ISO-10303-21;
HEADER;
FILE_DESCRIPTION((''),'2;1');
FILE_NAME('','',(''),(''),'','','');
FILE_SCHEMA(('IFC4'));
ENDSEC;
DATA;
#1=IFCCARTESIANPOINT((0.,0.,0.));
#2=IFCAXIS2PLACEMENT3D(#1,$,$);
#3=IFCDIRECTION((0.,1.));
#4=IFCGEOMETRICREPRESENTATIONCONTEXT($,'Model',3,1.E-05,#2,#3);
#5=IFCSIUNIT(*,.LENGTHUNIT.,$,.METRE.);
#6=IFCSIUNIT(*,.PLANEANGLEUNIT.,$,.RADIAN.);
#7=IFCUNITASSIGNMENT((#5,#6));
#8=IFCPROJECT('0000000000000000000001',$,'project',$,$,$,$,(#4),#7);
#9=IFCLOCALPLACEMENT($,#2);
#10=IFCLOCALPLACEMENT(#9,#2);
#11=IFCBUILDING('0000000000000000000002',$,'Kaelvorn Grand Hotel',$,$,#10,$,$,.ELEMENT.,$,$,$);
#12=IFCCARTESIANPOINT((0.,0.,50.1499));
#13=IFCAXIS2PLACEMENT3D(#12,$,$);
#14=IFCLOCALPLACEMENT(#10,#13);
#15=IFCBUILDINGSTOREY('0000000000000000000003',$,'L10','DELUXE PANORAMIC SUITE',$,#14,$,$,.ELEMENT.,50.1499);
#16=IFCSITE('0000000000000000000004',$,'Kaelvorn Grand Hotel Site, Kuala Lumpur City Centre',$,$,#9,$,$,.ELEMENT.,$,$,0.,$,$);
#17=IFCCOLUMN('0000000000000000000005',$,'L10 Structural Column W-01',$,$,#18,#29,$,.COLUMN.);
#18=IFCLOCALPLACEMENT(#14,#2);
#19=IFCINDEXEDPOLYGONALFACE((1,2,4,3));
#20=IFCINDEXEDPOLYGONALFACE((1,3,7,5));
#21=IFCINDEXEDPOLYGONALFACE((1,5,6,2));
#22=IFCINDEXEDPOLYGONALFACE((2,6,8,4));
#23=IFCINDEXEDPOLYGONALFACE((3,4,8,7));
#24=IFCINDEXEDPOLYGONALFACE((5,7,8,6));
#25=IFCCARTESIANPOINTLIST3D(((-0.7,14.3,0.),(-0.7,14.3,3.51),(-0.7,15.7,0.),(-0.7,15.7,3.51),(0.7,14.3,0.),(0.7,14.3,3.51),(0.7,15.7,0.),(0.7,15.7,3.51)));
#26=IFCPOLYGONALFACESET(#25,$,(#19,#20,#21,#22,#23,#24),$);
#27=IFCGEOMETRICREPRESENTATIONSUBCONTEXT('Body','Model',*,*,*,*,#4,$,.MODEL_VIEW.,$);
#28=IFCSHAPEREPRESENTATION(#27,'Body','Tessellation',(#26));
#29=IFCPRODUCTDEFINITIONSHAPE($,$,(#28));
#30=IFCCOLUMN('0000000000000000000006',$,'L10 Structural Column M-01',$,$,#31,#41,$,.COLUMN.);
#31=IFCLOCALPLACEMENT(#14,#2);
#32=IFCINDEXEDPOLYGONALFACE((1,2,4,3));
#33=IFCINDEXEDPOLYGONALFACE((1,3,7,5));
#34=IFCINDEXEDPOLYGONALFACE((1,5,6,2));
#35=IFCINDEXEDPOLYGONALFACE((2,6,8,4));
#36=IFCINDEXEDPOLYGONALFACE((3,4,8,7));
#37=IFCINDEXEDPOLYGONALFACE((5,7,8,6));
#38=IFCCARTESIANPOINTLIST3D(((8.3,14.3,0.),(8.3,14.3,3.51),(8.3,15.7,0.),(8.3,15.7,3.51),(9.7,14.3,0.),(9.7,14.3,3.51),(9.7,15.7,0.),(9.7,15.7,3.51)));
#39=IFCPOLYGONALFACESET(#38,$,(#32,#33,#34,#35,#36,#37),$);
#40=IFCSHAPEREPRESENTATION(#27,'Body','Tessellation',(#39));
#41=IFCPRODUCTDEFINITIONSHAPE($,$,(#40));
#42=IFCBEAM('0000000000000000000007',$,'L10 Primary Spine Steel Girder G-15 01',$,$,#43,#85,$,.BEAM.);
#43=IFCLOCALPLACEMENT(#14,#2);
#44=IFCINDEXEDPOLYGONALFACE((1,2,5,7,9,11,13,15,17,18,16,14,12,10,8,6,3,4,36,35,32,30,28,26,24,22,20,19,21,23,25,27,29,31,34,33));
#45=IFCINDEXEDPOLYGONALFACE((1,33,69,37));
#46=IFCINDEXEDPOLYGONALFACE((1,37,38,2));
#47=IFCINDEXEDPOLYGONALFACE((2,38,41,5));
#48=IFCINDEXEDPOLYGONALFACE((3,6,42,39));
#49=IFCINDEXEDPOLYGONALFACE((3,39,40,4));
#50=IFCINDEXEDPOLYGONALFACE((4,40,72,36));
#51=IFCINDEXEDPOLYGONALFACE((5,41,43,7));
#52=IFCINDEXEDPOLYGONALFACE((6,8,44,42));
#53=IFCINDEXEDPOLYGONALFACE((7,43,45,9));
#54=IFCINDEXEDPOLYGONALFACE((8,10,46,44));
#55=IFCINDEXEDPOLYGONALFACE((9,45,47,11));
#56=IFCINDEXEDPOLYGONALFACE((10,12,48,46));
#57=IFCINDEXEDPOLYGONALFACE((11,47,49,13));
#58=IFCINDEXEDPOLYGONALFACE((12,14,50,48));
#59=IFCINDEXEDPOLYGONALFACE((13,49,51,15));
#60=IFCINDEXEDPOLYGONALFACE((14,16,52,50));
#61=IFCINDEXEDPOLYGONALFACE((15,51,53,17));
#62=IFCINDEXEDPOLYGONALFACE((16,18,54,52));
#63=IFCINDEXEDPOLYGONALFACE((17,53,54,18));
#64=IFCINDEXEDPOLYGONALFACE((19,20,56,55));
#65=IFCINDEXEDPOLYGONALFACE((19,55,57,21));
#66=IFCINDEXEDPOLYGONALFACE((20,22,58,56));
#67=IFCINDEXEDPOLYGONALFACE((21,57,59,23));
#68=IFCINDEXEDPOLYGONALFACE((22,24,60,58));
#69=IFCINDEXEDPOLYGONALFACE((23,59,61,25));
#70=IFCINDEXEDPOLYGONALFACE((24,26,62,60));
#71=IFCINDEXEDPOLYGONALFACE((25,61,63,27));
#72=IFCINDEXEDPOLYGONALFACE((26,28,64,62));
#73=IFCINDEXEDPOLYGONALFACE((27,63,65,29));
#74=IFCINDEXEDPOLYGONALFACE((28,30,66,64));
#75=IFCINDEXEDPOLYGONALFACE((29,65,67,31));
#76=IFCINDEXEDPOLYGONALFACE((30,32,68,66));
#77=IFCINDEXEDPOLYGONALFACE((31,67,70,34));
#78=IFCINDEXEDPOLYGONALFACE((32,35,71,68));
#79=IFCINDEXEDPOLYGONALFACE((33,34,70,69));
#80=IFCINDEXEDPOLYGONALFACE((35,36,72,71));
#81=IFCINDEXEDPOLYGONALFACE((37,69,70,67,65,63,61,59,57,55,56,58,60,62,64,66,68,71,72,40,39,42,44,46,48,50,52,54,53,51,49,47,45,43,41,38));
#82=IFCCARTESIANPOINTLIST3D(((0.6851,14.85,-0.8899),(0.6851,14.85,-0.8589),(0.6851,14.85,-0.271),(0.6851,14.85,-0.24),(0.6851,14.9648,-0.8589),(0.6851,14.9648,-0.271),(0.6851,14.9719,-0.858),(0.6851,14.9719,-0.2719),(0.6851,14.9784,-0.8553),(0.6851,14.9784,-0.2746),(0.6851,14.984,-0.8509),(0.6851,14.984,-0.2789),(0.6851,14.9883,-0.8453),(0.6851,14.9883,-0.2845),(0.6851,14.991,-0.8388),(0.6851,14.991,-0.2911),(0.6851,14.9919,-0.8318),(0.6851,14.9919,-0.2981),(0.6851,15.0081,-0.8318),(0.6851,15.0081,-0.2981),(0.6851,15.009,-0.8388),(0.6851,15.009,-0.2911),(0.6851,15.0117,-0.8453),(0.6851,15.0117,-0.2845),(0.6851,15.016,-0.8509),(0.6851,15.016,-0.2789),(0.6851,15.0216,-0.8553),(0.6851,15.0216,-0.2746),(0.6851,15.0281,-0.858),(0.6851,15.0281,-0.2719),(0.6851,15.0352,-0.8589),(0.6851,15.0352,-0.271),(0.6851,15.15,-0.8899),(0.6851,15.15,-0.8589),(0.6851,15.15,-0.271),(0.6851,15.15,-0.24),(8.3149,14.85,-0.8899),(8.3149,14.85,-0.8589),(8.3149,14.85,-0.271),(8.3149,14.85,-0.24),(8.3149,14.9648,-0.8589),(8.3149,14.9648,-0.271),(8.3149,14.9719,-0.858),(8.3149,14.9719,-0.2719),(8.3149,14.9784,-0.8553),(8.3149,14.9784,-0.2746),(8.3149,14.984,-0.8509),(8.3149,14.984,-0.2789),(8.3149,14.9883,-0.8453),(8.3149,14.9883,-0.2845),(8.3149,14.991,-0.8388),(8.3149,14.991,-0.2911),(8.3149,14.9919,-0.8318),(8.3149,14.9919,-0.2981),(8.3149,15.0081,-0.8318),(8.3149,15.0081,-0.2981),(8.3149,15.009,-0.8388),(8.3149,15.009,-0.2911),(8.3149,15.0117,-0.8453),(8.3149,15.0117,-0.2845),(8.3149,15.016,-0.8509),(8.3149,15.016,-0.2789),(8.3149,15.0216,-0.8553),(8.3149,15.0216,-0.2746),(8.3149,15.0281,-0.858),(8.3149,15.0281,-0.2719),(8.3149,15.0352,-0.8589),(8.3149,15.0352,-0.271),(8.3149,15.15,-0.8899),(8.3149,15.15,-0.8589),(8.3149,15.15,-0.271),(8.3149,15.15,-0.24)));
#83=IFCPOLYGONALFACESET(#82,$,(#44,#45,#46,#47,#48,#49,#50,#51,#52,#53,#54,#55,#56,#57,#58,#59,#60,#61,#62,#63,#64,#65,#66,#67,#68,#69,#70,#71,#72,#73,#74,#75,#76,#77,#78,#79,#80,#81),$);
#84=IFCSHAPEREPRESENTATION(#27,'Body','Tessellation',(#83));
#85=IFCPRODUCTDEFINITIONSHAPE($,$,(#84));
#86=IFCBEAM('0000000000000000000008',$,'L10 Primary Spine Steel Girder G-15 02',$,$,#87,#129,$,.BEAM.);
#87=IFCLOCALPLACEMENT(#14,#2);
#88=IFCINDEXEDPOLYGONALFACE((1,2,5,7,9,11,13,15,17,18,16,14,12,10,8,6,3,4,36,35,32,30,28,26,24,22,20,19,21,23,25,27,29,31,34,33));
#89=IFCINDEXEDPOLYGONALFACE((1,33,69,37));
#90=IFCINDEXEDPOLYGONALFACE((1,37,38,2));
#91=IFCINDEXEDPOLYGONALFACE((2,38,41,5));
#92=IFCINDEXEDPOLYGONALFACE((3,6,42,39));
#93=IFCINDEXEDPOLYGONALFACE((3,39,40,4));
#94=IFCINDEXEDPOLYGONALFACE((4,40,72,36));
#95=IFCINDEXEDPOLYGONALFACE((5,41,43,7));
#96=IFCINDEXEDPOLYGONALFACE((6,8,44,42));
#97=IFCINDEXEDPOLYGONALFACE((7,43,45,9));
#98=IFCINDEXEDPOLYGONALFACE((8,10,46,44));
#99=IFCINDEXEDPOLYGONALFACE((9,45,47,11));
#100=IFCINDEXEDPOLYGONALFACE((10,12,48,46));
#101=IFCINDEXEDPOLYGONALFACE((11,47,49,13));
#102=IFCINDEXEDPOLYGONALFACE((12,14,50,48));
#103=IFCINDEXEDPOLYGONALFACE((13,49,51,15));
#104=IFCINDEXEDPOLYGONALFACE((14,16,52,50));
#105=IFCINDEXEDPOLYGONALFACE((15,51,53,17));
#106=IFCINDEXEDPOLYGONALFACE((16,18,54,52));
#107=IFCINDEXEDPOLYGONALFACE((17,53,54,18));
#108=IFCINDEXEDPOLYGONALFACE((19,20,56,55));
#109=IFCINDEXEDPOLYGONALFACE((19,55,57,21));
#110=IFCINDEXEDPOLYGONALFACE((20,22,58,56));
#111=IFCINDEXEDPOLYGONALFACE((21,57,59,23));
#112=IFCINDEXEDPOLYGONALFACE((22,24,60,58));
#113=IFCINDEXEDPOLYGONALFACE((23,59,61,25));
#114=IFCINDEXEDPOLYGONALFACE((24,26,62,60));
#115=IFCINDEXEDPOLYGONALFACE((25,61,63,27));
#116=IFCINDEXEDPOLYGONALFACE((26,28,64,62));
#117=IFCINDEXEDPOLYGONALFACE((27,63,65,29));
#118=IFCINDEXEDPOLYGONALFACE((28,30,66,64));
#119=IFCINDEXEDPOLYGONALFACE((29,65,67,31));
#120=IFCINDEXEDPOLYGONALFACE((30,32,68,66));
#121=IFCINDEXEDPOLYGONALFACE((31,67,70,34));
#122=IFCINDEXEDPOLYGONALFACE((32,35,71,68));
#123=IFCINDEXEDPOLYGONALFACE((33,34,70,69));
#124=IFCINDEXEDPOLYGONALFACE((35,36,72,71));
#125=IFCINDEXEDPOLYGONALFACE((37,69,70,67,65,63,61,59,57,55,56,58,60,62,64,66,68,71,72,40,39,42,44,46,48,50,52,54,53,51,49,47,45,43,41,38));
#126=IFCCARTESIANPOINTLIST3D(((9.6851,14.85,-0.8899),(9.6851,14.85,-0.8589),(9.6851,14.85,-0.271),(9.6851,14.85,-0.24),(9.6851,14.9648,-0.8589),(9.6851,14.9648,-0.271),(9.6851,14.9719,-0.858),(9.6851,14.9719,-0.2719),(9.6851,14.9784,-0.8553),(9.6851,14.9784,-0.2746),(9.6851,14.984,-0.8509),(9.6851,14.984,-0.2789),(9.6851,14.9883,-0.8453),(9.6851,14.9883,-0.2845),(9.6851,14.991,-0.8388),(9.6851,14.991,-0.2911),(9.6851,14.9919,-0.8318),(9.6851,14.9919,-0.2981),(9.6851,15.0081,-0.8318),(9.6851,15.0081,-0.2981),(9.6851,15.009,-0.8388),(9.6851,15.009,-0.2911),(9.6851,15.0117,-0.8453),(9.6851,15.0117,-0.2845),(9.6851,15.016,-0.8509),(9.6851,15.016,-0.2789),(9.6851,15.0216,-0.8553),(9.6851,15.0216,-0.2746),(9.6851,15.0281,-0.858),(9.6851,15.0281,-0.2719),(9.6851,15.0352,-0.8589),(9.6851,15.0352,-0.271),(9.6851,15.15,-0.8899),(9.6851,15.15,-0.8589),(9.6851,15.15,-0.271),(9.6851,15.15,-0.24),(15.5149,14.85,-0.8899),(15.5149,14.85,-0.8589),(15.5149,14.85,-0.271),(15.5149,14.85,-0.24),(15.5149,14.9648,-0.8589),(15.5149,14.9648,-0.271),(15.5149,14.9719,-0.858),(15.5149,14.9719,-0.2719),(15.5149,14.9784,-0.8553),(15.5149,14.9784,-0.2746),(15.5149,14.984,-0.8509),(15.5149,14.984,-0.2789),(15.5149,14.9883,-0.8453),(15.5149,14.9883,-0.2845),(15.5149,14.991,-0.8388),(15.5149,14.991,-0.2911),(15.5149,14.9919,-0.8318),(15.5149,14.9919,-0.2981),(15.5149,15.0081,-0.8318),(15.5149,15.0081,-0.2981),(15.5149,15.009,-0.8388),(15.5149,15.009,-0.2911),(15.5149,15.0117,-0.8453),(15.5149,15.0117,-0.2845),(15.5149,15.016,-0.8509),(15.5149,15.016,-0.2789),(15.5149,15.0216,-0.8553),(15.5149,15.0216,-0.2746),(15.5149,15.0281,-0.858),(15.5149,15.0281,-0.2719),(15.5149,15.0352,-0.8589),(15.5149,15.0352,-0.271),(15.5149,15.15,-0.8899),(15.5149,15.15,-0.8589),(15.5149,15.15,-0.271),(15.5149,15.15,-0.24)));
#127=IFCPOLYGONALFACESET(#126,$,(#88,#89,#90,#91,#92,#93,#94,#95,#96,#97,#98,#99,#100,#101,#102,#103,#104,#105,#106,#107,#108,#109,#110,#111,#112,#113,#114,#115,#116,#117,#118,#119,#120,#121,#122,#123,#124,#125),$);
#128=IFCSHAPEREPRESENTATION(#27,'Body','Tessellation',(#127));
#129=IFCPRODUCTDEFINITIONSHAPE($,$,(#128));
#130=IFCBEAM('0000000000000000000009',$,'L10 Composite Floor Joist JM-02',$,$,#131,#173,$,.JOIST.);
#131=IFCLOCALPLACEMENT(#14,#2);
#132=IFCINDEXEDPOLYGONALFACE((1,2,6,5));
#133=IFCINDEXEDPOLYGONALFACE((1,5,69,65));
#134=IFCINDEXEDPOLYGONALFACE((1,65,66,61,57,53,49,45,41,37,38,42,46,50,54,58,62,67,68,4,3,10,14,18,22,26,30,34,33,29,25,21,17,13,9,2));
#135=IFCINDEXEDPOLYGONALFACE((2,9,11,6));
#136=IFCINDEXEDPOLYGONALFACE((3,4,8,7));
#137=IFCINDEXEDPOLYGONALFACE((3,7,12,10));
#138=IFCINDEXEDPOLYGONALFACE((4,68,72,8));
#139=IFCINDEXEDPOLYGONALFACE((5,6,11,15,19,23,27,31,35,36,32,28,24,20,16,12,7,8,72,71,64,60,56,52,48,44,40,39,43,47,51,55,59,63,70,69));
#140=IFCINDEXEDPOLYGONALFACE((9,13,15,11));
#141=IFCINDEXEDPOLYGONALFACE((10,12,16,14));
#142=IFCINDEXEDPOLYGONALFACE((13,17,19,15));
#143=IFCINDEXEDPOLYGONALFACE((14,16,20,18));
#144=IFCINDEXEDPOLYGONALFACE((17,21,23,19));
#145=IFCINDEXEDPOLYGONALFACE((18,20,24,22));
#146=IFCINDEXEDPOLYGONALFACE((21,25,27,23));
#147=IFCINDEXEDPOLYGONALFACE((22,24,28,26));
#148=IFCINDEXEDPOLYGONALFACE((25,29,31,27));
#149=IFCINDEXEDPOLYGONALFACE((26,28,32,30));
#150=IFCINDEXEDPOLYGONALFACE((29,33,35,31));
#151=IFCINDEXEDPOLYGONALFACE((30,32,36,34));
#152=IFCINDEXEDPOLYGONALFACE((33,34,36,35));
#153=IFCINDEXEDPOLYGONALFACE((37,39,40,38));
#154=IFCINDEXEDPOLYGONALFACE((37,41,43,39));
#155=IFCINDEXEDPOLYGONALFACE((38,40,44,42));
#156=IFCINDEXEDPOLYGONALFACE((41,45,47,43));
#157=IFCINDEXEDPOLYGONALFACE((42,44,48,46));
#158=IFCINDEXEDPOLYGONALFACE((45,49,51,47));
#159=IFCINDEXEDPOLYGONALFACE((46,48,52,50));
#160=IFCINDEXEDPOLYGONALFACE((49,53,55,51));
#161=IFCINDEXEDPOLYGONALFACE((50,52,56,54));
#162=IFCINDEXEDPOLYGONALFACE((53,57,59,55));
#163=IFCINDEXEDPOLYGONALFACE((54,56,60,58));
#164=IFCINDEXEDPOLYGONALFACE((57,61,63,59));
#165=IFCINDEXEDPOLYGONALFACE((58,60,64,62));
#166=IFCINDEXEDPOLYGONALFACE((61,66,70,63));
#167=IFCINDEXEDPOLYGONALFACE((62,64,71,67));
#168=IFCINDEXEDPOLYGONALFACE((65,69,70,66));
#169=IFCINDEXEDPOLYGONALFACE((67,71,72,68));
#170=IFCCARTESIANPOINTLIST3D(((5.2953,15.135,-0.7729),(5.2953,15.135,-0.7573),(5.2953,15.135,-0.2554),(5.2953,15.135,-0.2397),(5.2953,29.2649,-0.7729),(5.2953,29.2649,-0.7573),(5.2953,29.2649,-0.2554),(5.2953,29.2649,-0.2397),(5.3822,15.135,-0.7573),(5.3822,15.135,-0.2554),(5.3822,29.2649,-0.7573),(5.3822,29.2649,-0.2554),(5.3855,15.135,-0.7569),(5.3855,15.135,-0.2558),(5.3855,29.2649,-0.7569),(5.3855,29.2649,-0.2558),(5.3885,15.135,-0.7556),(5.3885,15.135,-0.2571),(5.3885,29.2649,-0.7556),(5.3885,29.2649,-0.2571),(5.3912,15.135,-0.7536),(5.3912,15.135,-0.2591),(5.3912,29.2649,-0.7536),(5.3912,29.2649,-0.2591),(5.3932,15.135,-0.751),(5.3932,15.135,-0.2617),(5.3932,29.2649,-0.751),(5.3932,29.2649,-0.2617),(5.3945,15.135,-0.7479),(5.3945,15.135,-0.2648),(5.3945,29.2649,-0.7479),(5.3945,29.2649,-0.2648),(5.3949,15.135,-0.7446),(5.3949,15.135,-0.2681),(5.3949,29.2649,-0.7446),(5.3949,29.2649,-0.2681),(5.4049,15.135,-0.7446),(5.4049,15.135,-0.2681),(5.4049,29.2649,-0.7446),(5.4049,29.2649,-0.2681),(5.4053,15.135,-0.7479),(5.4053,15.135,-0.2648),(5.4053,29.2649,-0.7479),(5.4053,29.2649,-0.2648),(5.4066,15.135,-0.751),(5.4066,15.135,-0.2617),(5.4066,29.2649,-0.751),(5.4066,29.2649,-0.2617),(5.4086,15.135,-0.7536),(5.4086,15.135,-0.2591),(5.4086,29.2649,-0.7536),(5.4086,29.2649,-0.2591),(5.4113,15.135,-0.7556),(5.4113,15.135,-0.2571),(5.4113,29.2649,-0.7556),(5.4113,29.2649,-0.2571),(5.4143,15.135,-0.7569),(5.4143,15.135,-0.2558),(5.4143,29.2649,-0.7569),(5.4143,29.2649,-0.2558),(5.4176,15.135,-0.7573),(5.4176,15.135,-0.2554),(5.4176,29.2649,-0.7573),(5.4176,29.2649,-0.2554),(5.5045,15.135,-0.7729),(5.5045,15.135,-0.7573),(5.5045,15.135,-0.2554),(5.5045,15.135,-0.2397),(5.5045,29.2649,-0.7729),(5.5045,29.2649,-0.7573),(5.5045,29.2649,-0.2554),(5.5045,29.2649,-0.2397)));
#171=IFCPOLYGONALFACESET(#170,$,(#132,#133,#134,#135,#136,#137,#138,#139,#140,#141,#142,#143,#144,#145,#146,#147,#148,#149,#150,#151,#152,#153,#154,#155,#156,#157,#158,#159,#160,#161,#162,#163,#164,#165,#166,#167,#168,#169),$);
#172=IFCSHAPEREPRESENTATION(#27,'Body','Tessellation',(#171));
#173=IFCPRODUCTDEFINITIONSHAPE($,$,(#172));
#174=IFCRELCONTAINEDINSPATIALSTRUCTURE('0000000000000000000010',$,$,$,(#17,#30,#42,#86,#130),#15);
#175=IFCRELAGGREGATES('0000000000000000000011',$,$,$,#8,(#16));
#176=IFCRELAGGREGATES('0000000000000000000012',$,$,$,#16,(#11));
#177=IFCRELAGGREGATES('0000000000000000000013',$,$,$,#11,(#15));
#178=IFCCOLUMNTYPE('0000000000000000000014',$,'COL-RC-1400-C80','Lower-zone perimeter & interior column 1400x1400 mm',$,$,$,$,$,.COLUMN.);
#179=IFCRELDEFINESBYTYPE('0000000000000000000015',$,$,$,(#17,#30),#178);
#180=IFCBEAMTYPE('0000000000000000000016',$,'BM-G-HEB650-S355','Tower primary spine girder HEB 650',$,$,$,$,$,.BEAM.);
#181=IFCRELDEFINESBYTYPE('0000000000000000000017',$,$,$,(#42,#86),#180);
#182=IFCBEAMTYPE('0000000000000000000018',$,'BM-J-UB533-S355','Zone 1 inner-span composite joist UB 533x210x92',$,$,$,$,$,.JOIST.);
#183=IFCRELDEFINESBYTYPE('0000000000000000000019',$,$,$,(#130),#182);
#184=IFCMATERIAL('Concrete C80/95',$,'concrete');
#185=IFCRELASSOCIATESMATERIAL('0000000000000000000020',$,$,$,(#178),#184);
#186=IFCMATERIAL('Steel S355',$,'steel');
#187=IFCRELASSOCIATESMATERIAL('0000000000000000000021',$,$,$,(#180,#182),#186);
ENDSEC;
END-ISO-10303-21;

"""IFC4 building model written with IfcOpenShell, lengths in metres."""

from ifc_helpers import new_model, si_unit, direction, frame, origin, origin_2d, place, context, subcontext, project, spatial, rectangle, i_section, extrude, material, material_profile, profile_set, type_object, element, save


model = new_model("IFC4")

# Units and contexts
model_context = context("Model", 3, precision=1e-05, world=origin(), true_north=direction((0.0, 1.0)))
body_context = subcontext(model_context, "Body", "Model", "MODEL_VIEW")
ifc_project = project(units=[si_unit("LENGTHUNIT", "METRE"), si_unit("PLANEANGLEUNIT", "RADIAN")], contexts=[model_context])

# Site, building, storey
site_placement = place(None, origin())
site = spatial("IfcSite", under=ifc_project, at=site_placement, Name="Kaelvorn Grand Hotel Site, Kuala Lumpur City Centre", CompositionType="ELEMENT", RefElevation=0.0)
building_placement = place(site_placement, origin())
building = spatial("IfcBuilding", under=site, at=building_placement, Name="Kaelvorn Grand Hotel", CompositionType="ELEMENT")
storey_placement = place(building_placement, frame((0.0, 0.0, 50.1499)))
storey = spatial("IfcBuildingStorey", under=building, at=storey_placement, Name="L10", Description="DELUXE PANORAMIC SUITE", CompositionType="ELEMENT", Elevation=50.1499)

# Columns
ifc_material_1 = material(Name="Concrete C80/95", Category="concrete")
ifc_material_profile_1 = material_profile(ifc_material_1, rectangle(XDim=1.3999, YDim=1.3999, at=origin_2d()), Name="RC COL 1400x1400")
ifc_profile_set_1 = profile_set([ifc_material_profile_1], Name="Concrete C80/95")
column_type = type_object("IfcColumnType", Name="COL-RC-1400-C80", Description="Lower-zone perimeter & interior column 1400x1400 mm", PredefinedType="COLUMN", material=ifc_profile_set_1)
for number, where, z_axis, x_axis, name in (
    (1, (0.0, 15.0, 0.0), (0.0, 0.0, 1.0), (1.0, 0.0, 0.0), "L10 Structural Column W-01"),
    (2, (9.0, 15.0, 0.0), (0.0, 0.0, 1.0), (1.0, 0.0, 0.0), "L10 Structural Column M-01"),
):
    element("IfcColumn", number, at=place(storey_placement, frame(where, z_axis=z_axis, x_axis=x_axis)), inside=storey, type_object=column_type, Name=name, PredefinedType="COLUMN", context=body_context, shape_type="SweptSolid", body=[
        extrude(rectangle(XDim=1.3999, YDim=1.3999, at=origin_2d()), origin(), (0.0, 0.0, 1.0), 3.51),
    ])

# Beams
ifc_material_2 = material(Name="Steel S355", Category="steel")
ifc_material_profile_2 = material_profile(ifc_material_2, i_section(OverallWidth=0.3, OverallDepth=0.6499, WebThickness=0.0161, FlangeThickness=0.031, FilletRadius=0.0271, at=origin_2d()), Name="HEB 650")
ifc_profile_set_2 = profile_set([ifc_material_profile_2], Name="Steel S355")
beam_type_1 = type_object("IfcBeamType", Name="BM-G-HEB650-S355", Description="Tower primary spine girder HEB 650", PredefinedType="BEAM", material=ifc_profile_set_2)
beam_1_placement = place(storey_placement, frame((0.6851, 15.0, -0.5649), z_axis=(1.0, 0.0, 0.0), x_axis=(0.0, 1.0, 0.0)))
element("IfcBeam", 3, at=beam_1_placement, inside=storey, type_object=beam_type_1, Name="L10 Primary Spine Steel Girder G-15 01", PredefinedType="BEAM", context=body_context, shape_type="SweptSolid", body=[
    extrude(i_section(OverallWidth=0.3, OverallDepth=0.6499, WebThickness=0.0161, FlangeThickness=0.031, FilletRadius=0.0271, at=origin_2d()), origin(), (0.0, 0.0, 1.0), 7.6299),
])
beam_2_placement = place(storey_placement, frame((9.6851, 15.0, -0.5649), z_axis=(1.0, 0.0, 0.0), x_axis=(0.0, 1.0, 0.0)))
element("IfcBeam", 4, at=beam_2_placement, inside=storey, type_object=beam_type_1, Name="L10 Primary Spine Steel Girder G-15 02", PredefinedType="BEAM", context=body_context, shape_type="SweptSolid", body=[
    extrude(i_section(OverallWidth=0.3, OverallDepth=0.6499, WebThickness=0.0161, FlangeThickness=0.031, FilletRadius=0.0271, at=origin_2d()), origin(), (0.0, 0.0, 1.0), 5.8298),
])
ifc_material_profile_3 = material_profile(ifc_material_2, i_section(OverallWidth=0.2092, OverallDepth=0.5332, WebThickness=0.01, FlangeThickness=0.0156, FilletRadius=0.0127, at=origin_2d()), Name="UB 533x210x92")
ifc_profile_set_3 = profile_set([ifc_material_profile_3], Name="Steel S355")
beam_type_2 = type_object("IfcBeamType", Name="BM-J-UB533-S355", Description="Zone 1 inner-span composite joist UB 533x210x92", PredefinedType="JOIST", material=ifc_profile_set_3)
beam_3_placement = place(storey_placement, frame((5.3999, 15.135, -0.5063), z_axis=(0.0, 1.0, 0.0), x_axis=(-1.0, 0.0, 0.0)))
element("IfcBeam", 5, at=beam_3_placement, inside=storey, type_object=beam_type_2, Name="L10 Composite Floor Joist JM-02", PredefinedType="JOIST", context=body_context, shape_type="SweptSolid", body=[
    extrude(i_section(OverallWidth=0.2092, OverallDepth=0.5332, WebThickness=0.01, FlangeThickness=0.0156, FilletRadius=0.0127, at=origin_2d()), origin(), (0.0, 0.0, 1.0), 14.1299),
])

save(model, "model.ifc")
